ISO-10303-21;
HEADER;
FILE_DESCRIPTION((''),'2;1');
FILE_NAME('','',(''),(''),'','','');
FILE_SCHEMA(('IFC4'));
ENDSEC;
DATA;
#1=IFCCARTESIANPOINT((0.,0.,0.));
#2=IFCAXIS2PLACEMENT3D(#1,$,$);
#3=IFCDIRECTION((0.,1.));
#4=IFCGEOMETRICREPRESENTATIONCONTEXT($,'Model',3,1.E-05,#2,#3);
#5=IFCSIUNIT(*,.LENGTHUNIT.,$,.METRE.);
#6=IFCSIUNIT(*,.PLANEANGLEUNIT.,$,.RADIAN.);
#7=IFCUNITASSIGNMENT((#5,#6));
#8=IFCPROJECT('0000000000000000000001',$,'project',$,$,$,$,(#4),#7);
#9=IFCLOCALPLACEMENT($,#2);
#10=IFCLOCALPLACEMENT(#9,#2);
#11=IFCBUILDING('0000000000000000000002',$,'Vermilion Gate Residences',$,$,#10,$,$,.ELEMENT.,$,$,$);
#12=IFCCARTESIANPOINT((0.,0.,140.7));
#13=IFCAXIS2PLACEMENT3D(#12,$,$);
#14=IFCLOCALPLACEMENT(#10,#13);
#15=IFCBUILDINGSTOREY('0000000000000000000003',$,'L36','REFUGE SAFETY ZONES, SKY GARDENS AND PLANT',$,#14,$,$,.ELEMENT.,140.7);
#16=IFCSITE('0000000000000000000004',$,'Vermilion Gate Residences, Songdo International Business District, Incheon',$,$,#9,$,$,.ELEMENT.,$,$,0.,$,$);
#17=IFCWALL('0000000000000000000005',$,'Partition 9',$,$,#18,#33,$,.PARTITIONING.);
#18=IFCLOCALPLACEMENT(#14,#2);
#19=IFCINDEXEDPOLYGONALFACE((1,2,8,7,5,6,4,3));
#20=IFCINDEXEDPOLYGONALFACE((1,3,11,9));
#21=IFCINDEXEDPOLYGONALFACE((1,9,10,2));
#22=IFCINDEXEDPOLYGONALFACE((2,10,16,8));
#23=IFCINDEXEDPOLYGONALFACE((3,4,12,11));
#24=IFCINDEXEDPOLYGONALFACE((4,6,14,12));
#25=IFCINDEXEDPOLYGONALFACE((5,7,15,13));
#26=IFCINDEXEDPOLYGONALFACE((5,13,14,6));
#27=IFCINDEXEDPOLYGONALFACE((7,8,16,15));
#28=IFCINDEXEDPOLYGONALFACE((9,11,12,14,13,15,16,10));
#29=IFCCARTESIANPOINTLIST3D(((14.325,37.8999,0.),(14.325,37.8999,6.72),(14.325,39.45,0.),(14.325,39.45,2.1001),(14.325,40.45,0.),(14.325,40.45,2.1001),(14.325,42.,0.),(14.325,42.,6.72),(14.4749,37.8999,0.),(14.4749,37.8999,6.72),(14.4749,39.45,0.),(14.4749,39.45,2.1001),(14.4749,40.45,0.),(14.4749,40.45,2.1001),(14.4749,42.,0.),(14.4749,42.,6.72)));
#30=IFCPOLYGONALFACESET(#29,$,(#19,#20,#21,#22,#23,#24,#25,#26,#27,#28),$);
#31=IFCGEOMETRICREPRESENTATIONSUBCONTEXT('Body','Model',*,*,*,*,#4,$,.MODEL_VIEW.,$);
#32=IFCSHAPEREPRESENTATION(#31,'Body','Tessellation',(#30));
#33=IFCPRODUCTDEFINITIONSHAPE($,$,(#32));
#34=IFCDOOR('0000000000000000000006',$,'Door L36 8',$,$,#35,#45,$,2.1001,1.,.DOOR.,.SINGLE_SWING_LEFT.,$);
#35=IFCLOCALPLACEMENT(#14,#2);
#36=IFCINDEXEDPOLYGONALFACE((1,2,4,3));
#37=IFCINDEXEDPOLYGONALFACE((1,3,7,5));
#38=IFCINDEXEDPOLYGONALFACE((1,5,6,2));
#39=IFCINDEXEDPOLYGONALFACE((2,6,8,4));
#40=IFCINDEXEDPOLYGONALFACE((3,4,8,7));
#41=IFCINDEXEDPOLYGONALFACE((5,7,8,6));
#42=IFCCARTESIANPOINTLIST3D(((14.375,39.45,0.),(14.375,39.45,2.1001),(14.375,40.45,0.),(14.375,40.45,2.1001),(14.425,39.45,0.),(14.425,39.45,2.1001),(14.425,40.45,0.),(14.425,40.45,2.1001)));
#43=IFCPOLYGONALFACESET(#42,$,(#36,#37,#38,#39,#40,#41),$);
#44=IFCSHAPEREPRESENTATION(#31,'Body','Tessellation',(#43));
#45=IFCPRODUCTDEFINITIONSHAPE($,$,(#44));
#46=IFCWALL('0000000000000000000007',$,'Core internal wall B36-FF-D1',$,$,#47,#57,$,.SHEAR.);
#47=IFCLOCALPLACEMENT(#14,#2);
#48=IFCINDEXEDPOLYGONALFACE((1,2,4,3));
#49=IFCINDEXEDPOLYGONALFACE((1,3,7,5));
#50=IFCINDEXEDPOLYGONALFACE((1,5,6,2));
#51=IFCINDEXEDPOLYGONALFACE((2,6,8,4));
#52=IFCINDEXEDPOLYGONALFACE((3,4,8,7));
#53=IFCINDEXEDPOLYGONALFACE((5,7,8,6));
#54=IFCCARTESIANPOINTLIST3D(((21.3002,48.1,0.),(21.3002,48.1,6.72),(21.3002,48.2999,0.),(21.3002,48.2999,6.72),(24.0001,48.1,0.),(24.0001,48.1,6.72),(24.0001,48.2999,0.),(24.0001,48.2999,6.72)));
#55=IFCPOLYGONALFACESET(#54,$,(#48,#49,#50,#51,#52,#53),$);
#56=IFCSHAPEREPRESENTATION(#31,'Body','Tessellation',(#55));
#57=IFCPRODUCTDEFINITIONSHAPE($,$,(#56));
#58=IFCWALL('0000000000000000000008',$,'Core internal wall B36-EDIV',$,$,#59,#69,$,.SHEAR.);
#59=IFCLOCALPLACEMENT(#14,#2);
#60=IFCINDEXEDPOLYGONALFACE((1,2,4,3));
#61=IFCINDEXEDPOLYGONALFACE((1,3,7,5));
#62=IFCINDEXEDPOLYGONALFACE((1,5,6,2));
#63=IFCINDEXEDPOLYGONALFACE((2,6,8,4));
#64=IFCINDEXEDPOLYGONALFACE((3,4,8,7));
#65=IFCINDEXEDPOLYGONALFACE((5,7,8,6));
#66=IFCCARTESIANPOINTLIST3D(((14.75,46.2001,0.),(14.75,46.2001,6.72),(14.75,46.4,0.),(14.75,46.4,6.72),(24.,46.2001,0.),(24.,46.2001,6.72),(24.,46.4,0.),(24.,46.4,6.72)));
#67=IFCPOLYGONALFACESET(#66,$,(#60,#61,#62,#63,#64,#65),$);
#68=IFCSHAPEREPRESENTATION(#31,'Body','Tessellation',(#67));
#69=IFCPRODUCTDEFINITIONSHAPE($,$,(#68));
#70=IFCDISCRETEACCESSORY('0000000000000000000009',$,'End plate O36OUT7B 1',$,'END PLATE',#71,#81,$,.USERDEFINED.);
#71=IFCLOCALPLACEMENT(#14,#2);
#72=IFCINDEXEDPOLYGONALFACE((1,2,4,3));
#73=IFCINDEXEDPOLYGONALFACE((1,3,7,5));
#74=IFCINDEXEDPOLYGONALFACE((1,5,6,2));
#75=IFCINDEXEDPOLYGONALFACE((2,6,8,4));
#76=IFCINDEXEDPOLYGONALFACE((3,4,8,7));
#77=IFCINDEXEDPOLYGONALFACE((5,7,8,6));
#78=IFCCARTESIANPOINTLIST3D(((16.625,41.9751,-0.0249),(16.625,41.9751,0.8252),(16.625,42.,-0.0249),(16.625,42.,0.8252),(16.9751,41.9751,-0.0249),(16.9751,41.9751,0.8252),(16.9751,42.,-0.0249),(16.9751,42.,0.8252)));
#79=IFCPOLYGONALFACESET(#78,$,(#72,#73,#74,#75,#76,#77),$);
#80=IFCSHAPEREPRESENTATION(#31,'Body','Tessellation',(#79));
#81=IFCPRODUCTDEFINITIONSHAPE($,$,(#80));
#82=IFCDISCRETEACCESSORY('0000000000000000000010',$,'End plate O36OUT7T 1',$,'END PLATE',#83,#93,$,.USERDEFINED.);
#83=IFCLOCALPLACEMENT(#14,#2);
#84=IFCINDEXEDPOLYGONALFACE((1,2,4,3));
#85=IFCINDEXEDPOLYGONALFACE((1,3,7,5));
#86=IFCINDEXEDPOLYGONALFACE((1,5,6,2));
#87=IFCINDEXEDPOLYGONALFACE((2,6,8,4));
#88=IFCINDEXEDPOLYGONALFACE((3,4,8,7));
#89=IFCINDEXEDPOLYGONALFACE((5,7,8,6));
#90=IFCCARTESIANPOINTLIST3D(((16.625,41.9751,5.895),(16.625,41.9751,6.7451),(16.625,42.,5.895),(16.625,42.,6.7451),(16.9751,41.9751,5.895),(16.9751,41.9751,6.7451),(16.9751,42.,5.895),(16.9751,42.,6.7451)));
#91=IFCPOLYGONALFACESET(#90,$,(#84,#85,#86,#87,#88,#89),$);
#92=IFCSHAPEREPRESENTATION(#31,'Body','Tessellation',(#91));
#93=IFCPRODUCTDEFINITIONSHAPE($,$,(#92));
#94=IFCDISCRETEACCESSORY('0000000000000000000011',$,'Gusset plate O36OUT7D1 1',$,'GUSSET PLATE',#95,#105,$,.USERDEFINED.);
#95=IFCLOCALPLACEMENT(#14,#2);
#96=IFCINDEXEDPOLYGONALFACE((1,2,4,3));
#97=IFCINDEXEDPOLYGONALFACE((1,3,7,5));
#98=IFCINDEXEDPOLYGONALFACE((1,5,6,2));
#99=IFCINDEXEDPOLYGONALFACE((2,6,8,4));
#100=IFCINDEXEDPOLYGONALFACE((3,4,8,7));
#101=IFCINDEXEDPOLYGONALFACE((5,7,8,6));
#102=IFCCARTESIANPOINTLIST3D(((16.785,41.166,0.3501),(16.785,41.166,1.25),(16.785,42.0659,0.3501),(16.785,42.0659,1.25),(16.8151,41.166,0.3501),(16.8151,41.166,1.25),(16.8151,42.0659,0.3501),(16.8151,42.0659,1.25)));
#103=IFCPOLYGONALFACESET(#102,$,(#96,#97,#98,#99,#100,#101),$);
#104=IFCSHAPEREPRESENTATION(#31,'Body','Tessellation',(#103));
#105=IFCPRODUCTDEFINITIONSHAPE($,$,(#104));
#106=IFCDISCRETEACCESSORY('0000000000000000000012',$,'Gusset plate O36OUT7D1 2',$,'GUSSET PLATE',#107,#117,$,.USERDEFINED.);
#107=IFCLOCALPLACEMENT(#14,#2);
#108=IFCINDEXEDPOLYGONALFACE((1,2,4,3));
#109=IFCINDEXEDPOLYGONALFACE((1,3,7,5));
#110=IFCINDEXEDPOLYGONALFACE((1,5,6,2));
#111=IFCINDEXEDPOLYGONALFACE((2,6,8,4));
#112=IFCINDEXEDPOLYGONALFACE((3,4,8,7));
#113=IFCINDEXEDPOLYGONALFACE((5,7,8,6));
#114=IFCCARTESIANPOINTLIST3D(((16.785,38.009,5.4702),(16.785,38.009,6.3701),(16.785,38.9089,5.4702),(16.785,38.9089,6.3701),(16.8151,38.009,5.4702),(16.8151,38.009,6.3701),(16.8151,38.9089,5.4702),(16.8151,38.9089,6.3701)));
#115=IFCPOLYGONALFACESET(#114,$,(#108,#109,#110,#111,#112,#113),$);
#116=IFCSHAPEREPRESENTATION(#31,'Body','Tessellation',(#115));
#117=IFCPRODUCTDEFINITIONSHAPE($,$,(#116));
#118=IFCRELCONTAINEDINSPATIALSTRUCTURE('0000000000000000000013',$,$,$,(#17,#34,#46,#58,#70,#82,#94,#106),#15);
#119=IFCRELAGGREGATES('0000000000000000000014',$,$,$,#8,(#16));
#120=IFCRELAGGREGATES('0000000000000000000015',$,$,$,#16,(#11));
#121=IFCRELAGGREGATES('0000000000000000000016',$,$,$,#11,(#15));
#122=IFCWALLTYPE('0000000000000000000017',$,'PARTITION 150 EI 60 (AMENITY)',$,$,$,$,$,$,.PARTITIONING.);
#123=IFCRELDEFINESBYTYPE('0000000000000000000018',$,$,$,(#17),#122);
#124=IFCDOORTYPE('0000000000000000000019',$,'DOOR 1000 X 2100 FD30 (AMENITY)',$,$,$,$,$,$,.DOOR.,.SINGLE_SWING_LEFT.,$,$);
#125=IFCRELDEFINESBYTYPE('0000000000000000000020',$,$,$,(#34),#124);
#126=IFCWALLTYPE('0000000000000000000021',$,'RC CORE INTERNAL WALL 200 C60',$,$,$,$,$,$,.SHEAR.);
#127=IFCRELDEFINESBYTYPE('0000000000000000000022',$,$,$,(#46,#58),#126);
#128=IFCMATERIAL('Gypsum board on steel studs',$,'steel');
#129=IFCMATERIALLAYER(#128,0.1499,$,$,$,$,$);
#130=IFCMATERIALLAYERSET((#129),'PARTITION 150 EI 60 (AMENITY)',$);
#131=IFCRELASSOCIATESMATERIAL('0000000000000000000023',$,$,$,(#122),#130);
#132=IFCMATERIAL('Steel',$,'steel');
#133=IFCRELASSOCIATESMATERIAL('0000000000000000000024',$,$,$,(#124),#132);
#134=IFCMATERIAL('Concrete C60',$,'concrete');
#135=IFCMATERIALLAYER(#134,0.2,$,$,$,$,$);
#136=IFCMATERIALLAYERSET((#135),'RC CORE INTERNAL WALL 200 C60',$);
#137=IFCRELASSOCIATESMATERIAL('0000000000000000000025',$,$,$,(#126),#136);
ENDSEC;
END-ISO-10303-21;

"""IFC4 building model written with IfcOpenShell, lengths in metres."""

from ifc_helpers import new_model, si_unit, direction, frame, frame_2d, origin, origin_2d, place, context, subcontext, project, spatial, rectangle, extrude, material, layer, layer_set, type_object, element, fill, save


model = new_model("IFC4")

# Units and contexts
model_context = context("Model", 3, precision=1e-05, world=origin(), true_north=direction((0.0, 1.0)))
body_context = subcontext(model_context, "Body", "Model", "MODEL_VIEW")
ifc_project = project(units=[si_unit("LENGTHUNIT", "METRE"), si_unit("PLANEANGLEUNIT", "RADIAN")], contexts=[model_context])

# Site, building, storey
site_placement = place(None, origin())
site = spatial("IfcSite", under=ifc_project, at=site_placement, Name="Vermilion Gate Residences, Songdo International Business District, Incheon", CompositionType="ELEMENT", RefElevation=0.0)
building_placement = place(site_placement, origin())
building = spatial("IfcBuilding", under=site, at=building_placement, Name="Vermilion Gate Residences", CompositionType="ELEMENT")
storey_placement = place(building_placement, frame((0.0, 0.0, 140.7)))
storey = spatial("IfcBuildingStorey", under=building, at=storey_placement, Name="L36", Description="REFUGE SAFETY ZONES, SKY GARDENS AND PLANT", CompositionType="ELEMENT", Elevation=140.7)

# Wall, opening, door
ifc_material_1 = material(Name="Gypsum board on steel studs", Category="steel")
ifc_layer_1 = layer(ifc_material_1, 0.1499)
ifc_layer_set_1 = layer_set([ifc_layer_1], Name="PARTITION 150 EI 60 (AMENITY)")
wall_type_1 = type_object("IfcWallType", Name="PARTITION 150 EI 60 (AMENITY)", PredefinedType="PARTITIONING", material=ifc_layer_set_1)
wall_1_placement = place(storey_placement, frame((14.3999, 37.8999, 0.0), z_axis=(0.0, 0.0, 1.0), x_axis=(0.0, 1.0, 0.0)))
wall_1 = element("IfcWall", 1, at=wall_1_placement, inside=storey, type_object=wall_type_1, Name="Partition 9", PredefinedType="PARTITIONING", context=body_context, shape_type="SweptSolid", body=[
    extrude(rectangle(XDim=4.1001, YDim=0.1499, at=frame_2d((2.05, 0.0))), origin(), (0.0, 0.0, 1.0), 6.72),
])
opening_1_placement = place(wall_1_placement, frame((1.55, 0.0, 0.0)))
opening_1 = element("IfcOpeningElement", 2, at=opening_1_placement, cuts=wall_1, PredefinedType="OPENING", context=body_context, shape_type="SweptSolid", body=[
    extrude(rectangle(XDim=1.0, YDim=2.1001, at=frame_2d((0.5, 1.05))), frame((0.0, 0.085, 0.0), z_axis=(0.0, -1.0, 0.0), x_axis=(1.0, 0.0, 0.0)), (0.0, 0.0, 1.0), 0.1699),
])
ifc_material_2 = material(Name="Steel", Category="steel")
door_type_1 = type_object("IfcDoorType", Name="DOOR 1000 X 2100 FD30 (AMENITY)", OperationType="SINGLE_SWING_LEFT", PredefinedType="DOOR", material=ifc_material_2)
door_1_placement = place(opening_1_placement, origin())
door_1 = element("IfcDoor", 3, at=door_1_placement, inside=storey, type_object=door_type_1, Name="Door L36 8", OperationType="SINGLE_SWING_LEFT", OverallHeight=2.1001, OverallWidth=1.0, PredefinedType="DOOR", context=body_context, shape_type="SweptSolid", body=[
    extrude(rectangle(XDim=1.0, YDim=2.1001, at=frame_2d((0.5, 1.05))), frame((0.0, 0.0249, 0.0), z_axis=(0.0, -1.0, 0.0), x_axis=(1.0, 0.0, 0.0)), (0.0, 0.0, 1.0), 0.05),
])
fill(opening_1, door_1)

# Walls
ifc_material_3 = material(Name="Concrete C60", Category="concrete")
ifc_layer_2 = layer(ifc_material_3, 0.2)
ifc_layer_set_2 = layer_set([ifc_layer_2], Name="RC CORE INTERNAL WALL 200 C60")
wall_type_2 = type_object("IfcWallType", Name="RC CORE INTERNAL WALL 200 C60", PredefinedType="SHEAR", material=ifc_layer_set_2)
wall_2_placement = place(storey_placement, frame((21.3, 48.2, 0.0), z_axis=(0.0, 0.0, 1.0), x_axis=(1.0, 0.0, 0.0)))
element("IfcWall", 4, at=wall_2_placement, inside=storey, type_object=wall_type_2, Name="Core internal wall B36-FF-D1", PredefinedType="SHEAR", context=body_context, shape_type="SweptSolid", body=[
    extrude(rectangle(XDim=2.7, YDim=0.2, at=frame_2d((1.3501, 0.0))), origin(), (0.0, 0.0, 1.0), 6.72),
])
wall_3_placement = place(storey_placement, frame((14.75, 46.3, 0.0), z_axis=(0.0, 0.0, 1.0), x_axis=(1.0, 0.0, 0.0)))
element("IfcWall", 5, at=wall_3_placement, inside=storey, type_object=wall_type_2, Name="Core internal wall B36-EDIV", PredefinedType="SHEAR", context=body_context, shape_type="SweptSolid", body=[
    extrude(rectangle(XDim=9.25, YDim=0.2, at=frame_2d((4.625, 0.0))), origin(), (0.0, 0.0, 1.0), 6.72),
])

# Discrete accessories
for number, where, z_axis, x_axis, name in (
    (6, (16.8, 41.9875, -0.0249), (0.0, 0.0, 1.0), (1.0, 0.0, 0.0), "End plate O36OUT7B 1"),
    (7, (16.8, 41.9875, 5.895), (0.0, 0.0, 1.0), (1.0, 0.0, 0.0), "End plate O36OUT7T 1"),
):
    element("IfcDiscreteAccessory", number, at=place(storey_placement, frame(where, z_axis=z_axis, x_axis=x_axis)), inside=storey, Name=name, ObjectType="END PLATE", PredefinedType="USERDEFINED", context=body_context, shape_type="SweptSolid", body=[
        extrude(rectangle(XDim=0.3501, YDim=0.0249, at=origin_2d()), origin(), (0.0, 0.0, 1.0), 0.8501),
    ])
for number, where, z_axis, x_axis, name in (
    (8, (16.8, 41.616, 0.3501), (0.0, 0.0, 1.0), (1.0, 0.0, 0.0), "Gusset plate O36OUT7D1 1"),
    (9, (16.8, 38.459, 5.4702), (0.0, 0.0, 1.0), (1.0, 0.0, 0.0), "Gusset plate O36OUT7D1 2"),
):
    element("IfcDiscreteAccessory", number, at=place(storey_placement, frame(where, z_axis=z_axis, x_axis=x_axis)), inside=storey, Name=name, ObjectType="GUSSET PLATE", PredefinedType="USERDEFINED", context=body_context, shape_type="SweptSolid", body=[
        extrude(rectangle(XDim=0.03, YDim=0.8999, at=origin_2d()), origin(), (0.0, 0.0, 1.0), 0.8999),
    ])

save(model, "model.ifc")
